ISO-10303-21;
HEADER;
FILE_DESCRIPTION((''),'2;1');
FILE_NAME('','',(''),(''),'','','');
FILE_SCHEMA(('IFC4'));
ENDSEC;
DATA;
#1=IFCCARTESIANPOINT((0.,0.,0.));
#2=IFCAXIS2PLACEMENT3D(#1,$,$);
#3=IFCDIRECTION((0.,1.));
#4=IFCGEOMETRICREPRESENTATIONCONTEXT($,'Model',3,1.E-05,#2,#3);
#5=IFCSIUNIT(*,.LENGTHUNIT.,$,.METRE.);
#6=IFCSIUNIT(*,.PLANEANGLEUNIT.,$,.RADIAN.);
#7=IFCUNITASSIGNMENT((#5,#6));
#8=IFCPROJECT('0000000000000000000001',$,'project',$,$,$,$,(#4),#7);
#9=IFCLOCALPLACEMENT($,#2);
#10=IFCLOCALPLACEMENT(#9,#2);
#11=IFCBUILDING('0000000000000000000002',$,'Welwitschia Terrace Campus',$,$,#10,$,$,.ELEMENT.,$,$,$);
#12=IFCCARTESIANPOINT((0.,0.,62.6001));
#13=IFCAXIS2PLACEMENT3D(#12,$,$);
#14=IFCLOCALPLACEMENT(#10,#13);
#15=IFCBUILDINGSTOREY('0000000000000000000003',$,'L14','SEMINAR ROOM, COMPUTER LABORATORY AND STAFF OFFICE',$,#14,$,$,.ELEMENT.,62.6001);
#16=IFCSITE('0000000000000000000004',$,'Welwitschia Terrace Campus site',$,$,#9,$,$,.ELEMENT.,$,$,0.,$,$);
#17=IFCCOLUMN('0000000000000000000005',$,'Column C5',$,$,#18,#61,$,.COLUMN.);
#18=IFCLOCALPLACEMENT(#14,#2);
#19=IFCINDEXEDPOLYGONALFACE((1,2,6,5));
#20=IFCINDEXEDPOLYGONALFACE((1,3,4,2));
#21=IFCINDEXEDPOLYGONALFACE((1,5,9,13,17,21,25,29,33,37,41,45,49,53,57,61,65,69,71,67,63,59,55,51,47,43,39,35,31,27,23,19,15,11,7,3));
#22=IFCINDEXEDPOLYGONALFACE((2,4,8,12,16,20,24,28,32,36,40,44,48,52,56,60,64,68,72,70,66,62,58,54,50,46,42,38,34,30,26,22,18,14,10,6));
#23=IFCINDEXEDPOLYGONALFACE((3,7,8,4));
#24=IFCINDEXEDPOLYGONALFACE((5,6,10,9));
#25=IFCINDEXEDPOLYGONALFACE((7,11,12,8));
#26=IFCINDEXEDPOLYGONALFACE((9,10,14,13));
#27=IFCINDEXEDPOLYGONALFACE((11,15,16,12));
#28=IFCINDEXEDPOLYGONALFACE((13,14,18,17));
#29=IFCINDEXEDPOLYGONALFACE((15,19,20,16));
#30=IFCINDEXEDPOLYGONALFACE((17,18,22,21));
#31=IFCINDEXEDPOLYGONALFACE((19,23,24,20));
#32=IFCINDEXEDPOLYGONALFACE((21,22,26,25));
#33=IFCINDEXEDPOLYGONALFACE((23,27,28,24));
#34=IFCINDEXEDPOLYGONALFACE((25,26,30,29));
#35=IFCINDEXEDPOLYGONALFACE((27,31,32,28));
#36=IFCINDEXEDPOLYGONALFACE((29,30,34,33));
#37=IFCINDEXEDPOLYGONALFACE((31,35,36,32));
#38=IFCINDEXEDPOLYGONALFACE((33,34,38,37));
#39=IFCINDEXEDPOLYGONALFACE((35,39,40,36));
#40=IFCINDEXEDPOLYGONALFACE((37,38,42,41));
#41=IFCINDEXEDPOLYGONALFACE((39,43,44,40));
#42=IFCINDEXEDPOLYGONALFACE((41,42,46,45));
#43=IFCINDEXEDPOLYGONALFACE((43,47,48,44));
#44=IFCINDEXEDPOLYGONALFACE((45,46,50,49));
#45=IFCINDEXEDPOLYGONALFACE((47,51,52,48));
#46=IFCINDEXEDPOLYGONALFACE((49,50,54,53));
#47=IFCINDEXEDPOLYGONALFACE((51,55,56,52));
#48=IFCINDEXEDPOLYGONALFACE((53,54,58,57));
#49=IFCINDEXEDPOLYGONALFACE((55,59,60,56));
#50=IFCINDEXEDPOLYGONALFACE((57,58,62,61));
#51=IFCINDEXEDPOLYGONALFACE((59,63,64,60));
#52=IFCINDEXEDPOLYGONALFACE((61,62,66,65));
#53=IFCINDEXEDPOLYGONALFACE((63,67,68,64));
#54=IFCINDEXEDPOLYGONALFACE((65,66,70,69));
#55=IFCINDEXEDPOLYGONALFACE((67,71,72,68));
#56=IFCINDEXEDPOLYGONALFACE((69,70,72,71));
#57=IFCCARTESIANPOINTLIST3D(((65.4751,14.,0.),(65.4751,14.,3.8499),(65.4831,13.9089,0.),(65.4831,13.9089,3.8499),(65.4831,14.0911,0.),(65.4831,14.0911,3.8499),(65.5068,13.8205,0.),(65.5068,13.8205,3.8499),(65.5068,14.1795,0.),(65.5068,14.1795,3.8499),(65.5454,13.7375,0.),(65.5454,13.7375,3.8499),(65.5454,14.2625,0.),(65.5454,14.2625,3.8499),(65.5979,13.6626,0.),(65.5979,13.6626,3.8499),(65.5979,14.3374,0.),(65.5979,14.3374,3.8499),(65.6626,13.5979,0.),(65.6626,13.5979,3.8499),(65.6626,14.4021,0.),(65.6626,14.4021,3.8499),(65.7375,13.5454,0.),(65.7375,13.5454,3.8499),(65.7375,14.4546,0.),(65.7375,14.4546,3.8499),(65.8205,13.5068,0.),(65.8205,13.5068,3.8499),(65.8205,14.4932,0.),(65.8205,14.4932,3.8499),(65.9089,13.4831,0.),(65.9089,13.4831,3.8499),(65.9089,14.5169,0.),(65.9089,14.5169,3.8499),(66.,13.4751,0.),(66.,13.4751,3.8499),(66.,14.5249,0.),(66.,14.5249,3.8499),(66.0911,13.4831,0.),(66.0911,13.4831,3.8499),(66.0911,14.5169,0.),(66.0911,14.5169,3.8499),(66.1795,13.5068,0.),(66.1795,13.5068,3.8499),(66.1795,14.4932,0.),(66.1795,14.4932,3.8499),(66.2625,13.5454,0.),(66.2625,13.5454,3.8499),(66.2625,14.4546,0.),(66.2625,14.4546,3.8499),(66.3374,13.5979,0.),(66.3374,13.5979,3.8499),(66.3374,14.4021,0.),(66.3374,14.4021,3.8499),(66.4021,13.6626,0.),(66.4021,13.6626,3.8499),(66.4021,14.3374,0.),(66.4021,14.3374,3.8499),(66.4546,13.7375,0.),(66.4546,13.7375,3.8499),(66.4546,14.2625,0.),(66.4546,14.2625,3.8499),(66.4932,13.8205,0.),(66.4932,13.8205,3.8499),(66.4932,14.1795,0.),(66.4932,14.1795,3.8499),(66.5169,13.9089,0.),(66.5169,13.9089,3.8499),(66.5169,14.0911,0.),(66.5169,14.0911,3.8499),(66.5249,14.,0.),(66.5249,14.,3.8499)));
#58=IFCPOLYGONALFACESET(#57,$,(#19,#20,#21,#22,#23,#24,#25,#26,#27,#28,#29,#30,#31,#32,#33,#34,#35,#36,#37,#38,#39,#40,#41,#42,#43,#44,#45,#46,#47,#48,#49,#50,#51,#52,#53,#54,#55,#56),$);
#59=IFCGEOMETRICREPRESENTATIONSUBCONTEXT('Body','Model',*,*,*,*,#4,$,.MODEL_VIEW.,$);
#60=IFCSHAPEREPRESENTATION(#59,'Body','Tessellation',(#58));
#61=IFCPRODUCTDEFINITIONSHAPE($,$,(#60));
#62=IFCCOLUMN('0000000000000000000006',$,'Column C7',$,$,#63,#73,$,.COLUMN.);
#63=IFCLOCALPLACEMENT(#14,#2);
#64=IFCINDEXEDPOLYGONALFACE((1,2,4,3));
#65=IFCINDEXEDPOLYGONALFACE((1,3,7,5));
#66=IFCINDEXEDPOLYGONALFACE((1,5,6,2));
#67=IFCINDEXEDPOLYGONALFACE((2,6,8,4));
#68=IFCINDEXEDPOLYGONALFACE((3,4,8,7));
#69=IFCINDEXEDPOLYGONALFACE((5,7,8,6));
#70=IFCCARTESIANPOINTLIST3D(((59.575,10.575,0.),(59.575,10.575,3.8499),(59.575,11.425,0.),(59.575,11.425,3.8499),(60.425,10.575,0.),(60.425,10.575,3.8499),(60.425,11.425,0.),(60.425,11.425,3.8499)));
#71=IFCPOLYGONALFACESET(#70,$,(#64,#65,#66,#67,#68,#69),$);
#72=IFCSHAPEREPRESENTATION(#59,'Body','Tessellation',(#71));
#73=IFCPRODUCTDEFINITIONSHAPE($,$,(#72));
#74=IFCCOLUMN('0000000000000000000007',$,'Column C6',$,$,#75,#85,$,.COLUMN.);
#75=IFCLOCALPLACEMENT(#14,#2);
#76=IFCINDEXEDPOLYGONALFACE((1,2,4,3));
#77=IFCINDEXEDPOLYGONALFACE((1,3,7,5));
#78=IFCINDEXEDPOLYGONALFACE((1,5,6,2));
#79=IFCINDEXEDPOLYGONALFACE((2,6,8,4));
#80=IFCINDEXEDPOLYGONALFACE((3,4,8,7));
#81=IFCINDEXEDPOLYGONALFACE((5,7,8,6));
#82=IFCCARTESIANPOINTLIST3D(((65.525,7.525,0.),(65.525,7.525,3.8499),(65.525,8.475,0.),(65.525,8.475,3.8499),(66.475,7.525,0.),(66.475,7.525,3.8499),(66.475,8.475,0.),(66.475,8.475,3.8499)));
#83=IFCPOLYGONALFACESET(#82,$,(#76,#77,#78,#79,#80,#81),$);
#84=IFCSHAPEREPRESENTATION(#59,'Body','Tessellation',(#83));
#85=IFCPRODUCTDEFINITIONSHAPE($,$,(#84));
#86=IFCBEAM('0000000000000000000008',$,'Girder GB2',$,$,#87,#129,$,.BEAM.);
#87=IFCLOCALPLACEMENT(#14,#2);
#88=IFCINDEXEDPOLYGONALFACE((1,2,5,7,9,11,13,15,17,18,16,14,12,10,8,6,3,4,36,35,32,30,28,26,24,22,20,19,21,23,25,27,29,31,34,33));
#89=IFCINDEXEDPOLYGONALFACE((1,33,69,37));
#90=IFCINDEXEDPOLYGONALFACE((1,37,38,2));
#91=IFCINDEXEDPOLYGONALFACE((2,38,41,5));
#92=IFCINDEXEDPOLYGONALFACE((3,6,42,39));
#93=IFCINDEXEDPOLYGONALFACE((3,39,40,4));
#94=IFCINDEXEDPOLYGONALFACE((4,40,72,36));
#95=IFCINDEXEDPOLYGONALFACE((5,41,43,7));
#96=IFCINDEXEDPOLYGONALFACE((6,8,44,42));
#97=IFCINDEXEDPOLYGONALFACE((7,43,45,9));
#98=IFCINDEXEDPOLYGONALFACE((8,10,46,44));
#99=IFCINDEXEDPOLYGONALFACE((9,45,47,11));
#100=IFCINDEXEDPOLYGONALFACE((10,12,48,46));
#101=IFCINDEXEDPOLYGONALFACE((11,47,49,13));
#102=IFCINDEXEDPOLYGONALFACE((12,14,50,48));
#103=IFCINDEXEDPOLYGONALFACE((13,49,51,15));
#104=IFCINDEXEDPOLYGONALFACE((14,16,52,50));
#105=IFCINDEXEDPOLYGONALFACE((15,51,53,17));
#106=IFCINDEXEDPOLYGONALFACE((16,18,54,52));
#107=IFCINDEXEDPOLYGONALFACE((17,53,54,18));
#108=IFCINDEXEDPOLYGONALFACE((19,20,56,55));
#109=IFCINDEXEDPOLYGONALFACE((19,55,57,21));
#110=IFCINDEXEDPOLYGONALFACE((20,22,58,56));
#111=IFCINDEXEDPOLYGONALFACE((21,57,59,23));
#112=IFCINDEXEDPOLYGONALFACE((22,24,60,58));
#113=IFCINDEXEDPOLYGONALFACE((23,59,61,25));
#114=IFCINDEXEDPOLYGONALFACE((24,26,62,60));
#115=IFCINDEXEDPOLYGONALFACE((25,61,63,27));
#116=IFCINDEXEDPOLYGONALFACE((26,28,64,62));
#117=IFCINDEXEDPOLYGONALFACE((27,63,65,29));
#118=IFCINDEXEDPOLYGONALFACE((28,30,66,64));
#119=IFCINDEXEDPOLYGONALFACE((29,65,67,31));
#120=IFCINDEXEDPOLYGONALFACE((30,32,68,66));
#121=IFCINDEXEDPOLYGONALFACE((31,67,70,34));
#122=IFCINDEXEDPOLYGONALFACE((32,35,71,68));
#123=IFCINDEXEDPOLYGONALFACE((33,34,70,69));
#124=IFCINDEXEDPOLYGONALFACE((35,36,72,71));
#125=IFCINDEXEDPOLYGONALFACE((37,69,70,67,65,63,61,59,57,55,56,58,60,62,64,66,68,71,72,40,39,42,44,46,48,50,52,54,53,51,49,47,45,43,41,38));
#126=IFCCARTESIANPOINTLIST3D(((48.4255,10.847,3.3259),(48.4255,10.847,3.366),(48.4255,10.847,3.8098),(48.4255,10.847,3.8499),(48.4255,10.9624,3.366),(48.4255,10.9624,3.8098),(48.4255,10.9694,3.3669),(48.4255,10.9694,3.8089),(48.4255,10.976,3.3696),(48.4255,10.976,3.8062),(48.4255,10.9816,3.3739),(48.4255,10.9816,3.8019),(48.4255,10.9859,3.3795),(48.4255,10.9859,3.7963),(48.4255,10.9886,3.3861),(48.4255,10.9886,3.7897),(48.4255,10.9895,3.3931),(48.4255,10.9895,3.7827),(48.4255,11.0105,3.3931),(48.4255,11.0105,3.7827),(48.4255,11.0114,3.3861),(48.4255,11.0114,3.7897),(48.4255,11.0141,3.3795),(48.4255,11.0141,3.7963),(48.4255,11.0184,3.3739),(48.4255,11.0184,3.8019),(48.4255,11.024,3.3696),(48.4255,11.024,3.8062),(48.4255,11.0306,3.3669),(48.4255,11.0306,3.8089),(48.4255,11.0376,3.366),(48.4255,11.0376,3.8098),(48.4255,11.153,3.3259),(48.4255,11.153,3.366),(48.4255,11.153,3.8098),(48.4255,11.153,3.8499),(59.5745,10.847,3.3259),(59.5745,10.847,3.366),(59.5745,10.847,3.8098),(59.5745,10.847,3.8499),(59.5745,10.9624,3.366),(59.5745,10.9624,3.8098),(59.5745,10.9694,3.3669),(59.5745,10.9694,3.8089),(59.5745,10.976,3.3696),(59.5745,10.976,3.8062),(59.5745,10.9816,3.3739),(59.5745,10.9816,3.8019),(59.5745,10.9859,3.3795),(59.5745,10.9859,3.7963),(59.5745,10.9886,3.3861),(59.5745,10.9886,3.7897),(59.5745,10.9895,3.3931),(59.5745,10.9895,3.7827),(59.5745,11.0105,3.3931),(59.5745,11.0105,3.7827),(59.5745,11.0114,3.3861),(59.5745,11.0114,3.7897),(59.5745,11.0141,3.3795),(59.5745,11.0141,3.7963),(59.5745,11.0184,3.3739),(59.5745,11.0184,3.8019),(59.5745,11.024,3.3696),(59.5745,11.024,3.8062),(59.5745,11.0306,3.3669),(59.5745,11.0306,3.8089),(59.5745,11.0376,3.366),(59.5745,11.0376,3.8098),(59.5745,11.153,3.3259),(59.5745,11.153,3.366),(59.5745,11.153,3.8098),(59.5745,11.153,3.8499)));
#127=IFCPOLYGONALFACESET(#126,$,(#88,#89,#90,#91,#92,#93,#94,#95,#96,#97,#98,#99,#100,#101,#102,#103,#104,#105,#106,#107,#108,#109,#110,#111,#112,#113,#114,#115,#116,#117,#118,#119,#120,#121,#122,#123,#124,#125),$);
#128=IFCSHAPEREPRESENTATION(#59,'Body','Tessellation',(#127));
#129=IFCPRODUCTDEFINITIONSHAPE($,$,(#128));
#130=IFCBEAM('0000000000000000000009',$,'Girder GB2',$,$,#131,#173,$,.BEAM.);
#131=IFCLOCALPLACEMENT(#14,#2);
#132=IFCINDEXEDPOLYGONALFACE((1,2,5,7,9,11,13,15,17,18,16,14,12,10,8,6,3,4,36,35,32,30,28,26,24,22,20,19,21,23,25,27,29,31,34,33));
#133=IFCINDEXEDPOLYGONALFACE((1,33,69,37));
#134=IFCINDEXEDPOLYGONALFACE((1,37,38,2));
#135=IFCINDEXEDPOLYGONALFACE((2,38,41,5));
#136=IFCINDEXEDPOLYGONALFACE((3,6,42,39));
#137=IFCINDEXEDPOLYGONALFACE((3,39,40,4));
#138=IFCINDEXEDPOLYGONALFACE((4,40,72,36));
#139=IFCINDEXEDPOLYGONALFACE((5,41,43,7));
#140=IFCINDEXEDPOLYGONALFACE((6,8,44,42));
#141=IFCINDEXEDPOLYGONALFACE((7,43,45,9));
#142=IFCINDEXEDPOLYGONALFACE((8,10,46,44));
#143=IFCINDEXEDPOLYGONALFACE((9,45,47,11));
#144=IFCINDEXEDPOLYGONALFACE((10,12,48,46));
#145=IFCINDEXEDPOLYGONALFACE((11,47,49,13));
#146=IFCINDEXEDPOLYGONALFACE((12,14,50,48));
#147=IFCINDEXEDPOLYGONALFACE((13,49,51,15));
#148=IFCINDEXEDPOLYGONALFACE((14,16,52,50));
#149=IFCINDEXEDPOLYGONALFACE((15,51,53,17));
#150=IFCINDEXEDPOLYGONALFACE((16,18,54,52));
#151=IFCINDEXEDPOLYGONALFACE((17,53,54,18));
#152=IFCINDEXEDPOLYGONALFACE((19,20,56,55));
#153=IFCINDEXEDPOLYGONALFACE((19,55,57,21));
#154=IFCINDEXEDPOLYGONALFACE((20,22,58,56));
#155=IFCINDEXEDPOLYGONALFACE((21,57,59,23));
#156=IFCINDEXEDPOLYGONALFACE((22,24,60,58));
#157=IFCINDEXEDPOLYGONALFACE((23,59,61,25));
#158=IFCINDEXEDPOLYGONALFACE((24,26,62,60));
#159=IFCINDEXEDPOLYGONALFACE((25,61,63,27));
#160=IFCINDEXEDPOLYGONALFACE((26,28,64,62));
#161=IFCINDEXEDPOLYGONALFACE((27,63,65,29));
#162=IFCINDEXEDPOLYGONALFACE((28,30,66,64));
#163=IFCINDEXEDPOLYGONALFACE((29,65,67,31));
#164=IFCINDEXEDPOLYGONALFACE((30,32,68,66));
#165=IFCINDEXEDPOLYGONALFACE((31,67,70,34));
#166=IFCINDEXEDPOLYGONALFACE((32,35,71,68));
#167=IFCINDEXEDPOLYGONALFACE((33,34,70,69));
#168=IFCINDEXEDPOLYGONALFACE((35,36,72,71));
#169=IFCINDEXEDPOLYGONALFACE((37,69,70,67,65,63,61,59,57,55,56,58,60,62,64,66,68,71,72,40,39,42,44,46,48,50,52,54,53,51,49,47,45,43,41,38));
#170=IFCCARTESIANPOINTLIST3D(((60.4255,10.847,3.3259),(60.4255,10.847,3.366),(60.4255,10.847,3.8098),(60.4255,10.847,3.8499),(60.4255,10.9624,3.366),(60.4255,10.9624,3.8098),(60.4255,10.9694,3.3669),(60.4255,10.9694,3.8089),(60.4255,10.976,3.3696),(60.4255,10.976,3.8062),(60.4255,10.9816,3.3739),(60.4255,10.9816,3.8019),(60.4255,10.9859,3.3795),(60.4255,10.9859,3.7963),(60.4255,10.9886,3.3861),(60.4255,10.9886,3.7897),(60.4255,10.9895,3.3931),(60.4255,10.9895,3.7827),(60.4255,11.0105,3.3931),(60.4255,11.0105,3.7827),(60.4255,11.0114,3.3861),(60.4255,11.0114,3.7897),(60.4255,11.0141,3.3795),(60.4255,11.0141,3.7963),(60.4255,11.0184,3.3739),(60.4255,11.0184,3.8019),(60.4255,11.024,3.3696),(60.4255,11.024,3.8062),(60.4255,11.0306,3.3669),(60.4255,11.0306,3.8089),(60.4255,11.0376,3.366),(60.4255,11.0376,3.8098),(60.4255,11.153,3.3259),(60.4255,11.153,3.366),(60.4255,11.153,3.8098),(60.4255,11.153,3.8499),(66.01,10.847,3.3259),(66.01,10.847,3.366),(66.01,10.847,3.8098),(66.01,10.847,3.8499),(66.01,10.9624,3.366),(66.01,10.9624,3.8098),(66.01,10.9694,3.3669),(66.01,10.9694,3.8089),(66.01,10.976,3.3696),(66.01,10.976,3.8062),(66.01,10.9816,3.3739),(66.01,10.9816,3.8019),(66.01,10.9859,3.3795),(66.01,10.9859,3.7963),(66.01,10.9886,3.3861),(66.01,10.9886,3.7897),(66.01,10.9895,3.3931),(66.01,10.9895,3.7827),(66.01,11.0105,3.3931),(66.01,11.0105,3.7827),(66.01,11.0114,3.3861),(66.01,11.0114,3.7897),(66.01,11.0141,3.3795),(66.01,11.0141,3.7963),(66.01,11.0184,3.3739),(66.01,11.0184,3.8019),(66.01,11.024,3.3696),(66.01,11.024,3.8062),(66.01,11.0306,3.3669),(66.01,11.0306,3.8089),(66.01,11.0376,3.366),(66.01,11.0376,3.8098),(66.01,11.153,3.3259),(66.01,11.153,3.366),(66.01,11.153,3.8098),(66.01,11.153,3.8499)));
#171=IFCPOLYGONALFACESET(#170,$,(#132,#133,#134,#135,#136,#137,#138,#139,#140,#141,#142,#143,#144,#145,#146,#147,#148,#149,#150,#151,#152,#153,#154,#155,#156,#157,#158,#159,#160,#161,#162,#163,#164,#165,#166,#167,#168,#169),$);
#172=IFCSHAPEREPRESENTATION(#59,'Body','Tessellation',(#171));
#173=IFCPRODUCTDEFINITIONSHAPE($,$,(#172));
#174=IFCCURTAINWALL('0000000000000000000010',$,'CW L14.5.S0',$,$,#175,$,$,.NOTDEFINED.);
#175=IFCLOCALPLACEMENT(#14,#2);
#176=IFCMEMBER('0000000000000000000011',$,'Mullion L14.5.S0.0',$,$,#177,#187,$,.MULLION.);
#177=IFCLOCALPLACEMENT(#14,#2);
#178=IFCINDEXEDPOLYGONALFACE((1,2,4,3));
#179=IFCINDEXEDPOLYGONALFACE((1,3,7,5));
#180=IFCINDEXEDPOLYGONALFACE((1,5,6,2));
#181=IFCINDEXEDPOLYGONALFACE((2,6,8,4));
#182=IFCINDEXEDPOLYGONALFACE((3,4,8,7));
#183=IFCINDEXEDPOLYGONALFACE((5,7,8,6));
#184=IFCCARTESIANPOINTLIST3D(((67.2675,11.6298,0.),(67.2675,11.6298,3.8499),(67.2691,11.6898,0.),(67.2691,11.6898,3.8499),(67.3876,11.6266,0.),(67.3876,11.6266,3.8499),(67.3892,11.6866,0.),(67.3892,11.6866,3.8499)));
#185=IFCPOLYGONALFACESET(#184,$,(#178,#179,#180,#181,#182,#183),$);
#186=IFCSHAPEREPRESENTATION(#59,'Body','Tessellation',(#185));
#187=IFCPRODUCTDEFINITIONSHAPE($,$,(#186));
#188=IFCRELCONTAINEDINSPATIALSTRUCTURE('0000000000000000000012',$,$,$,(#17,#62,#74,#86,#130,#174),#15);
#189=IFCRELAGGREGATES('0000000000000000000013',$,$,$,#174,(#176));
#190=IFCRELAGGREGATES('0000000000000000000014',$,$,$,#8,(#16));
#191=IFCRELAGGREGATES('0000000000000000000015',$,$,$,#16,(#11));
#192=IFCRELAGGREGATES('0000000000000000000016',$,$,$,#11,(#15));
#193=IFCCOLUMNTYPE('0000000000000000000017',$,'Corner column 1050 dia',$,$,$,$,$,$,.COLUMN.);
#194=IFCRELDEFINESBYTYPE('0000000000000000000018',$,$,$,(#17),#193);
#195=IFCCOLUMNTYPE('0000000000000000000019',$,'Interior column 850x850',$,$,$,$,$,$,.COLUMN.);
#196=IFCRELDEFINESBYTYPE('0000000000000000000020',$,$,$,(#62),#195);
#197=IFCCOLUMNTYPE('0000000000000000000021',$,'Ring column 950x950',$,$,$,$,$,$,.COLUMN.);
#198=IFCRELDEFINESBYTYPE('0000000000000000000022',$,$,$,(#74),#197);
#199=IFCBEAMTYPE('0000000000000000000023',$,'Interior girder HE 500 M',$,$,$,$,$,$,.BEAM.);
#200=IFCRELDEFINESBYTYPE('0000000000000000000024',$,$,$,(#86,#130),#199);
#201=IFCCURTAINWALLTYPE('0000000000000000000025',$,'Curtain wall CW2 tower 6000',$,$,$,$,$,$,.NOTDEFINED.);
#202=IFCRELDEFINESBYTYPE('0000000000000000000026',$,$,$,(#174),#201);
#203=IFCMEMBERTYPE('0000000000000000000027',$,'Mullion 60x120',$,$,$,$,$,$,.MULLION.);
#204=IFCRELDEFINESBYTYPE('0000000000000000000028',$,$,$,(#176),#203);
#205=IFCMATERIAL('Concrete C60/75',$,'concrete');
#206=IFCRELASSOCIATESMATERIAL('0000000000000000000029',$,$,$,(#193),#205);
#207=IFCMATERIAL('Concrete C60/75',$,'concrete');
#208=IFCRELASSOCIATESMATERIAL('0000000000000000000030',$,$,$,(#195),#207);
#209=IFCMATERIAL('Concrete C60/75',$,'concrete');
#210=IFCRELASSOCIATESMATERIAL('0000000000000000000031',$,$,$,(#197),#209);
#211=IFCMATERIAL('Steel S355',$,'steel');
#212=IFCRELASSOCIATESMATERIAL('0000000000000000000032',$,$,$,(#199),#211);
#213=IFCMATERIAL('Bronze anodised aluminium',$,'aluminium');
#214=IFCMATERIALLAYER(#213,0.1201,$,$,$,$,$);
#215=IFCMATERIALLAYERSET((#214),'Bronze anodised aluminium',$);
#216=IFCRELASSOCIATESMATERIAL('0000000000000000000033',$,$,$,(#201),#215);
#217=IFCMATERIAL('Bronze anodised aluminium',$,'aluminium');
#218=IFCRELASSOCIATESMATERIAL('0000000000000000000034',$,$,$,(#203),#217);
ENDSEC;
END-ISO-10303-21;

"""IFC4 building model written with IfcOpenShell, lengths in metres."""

from ifc_helpers import new_model, si_unit, direction, frame, origin, origin_2d, place, context, subcontext, project, spatial, rectangle, circle, i_section, extrude, material, layer, layer_set, material_profile, profile_set, type_object, element, aggregate, save


model = new_model("IFC4")

# Units and contexts
model_context = context("Model", 3, precision=1e-05, world=origin(), true_north=direction((0.0, 1.0)))
body_context = subcontext(model_context, "Body", "Model", "MODEL_VIEW")
ifc_project = project(units=[si_unit("LENGTHUNIT", "METRE"), si_unit("PLANEANGLEUNIT", "RADIAN")], contexts=[model_context])

# Site, building, storey
site_placement = place(None, origin())
site = spatial("IfcSite", under=ifc_project, at=site_placement, Name="Welwitschia Terrace Campus site", CompositionType="ELEMENT", RefElevation=0.0)
building_placement = place(site_placement, origin())
building = spatial("IfcBuilding", under=site, at=building_placement, Name="Welwitschia Terrace Campus", CompositionType="ELEMENT")
storey_placement = place(building_placement, frame((0.0, 0.0, 62.6001)))
storey = spatial("IfcBuildingStorey", under=building, at=storey_placement, Name="L14", Description="SEMINAR ROOM, COMPUTER LABORATORY AND STAFF OFFICE", CompositionType="ELEMENT", Elevation=62.6001)

# Columns
ifc_material_1 = material(Name="Concrete C60/75", Category="concrete")
ifc_material_profile_1 = material_profile(ifc_material_1, circle(Radius=0.5249, at=origin_2d()))
ifc_profile_set_1 = profile_set([ifc_material_profile_1], Name="Concrete C60/75")
column_type_1 = type_object("IfcColumnType", Name="Corner column 1050 dia", PredefinedType="COLUMN", material=ifc_profile_set_1)
column_1_placement = place(storey_placement, frame((66.0, 14.0, 0.0), z_axis=(0.0, 0.0, 1.0), x_axis=(1.0, 0.0, 0.0)))
element("IfcColumn", 1, at=column_1_placement, inside=storey, type_object=column_type_1, Name="Column C5", PredefinedType="COLUMN", context=body_context, shape_type="SweptSolid", body=[
    extrude(circle(Radius=0.5249, at=origin_2d()), origin(), (0.0, 0.0, 1.0), 3.8499),
])
ifc_material_2 = material(Name="Concrete C60/75", Category="concrete")
ifc_material_profile_2 = material_profile(ifc_material_2, rectangle(XDim=0.8501, YDim=0.8501, at=origin_2d()))
ifc_profile_set_2 = profile_set([ifc_material_profile_2], Name="Concrete C60/75")
column_type_2 = type_object("IfcColumnType", Name="Interior column 850x850", PredefinedType="COLUMN", material=ifc_profile_set_2)
column_2_placement = place(storey_placement, frame((60.0, 11.0, 0.0), z_axis=(0.0, 0.0, 1.0), x_axis=(1.0, 0.0, 0.0)))
element("IfcColumn", 2, at=column_2_placement, inside=storey, type_object=column_type_2, Name="Column C7", PredefinedType="COLUMN", context=body_context, shape_type="SweptSolid", body=[
    extrude(rectangle(XDim=0.8501, YDim=0.8501, at=origin_2d()), origin(), (0.0, 0.0, 1.0), 3.8499),
])
ifc_material_3 = material(Name="Concrete C60/75", Category="concrete")
ifc_material_profile_3 = material_profile(ifc_material_3, rectangle(XDim=0.95, YDim=0.95, at=origin_2d()))
ifc_profile_set_3 = profile_set([ifc_material_profile_3], Name="Concrete C60/75")
column_type_3 = type_object("IfcColumnType", Name="Ring column 950x950", PredefinedType="COLUMN", material=ifc_profile_set_3)
column_3_placement = place(storey_placement, frame((66.0, 8.0, 0.0), z_axis=(0.0, 0.0, 1.0), x_axis=(1.0, 0.0, 0.0)))
element("IfcColumn", 3, at=column_3_placement, inside=storey, type_object=column_type_3, Name="Column C6", PredefinedType="COLUMN", context=body_context, shape_type="SweptSolid", body=[
    extrude(rectangle(XDim=0.95, YDim=0.95, at=origin_2d()), origin(), (0.0, 0.0, 1.0), 3.8499),
])

# Beams
ifc_material_4 = material(Name="Steel S355", Category="steel")
ifc_material_profile_4 = material_profile(ifc_material_4, i_section(OverallWidth=0.3059, OverallDepth=0.5239, WebThickness=0.021, FlangeThickness=0.04, FilletRadius=0.0271, at=origin_2d()))
ifc_profile_set_4 = profile_set([ifc_material_profile_4], Name="Steel S355")
beam_type_1 = type_object("IfcBeamType", Name="Interior girder HE 500 M", PredefinedType="BEAM", material=ifc_profile_set_4)
beam_1_placement = place(storey_placement, frame((48.4255, 11.0, 3.5879), z_axis=(1.0, 0.0, 0.0), x_axis=(0.0, 1.0, 0.0)))
element("IfcBeam", 4, at=beam_1_placement, inside=storey, type_object=beam_type_1, Name="Girder GB2", PredefinedType="BEAM", context=body_context, shape_type="SweptSolid", body=[
    extrude(i_section(OverallWidth=0.3059, OverallDepth=0.5239, WebThickness=0.021, FlangeThickness=0.04, FilletRadius=0.0271, at=origin_2d()), origin(), (0.0, 0.0, 1.0), 11.1489),
])
beam_2_placement = place(storey_placement, frame((60.4255, 11.0, 3.5879), z_axis=(1.0, 0.0, 0.0), x_axis=(0.0, 1.0, 0.0)))
element("IfcBeam", 5, at=beam_2_placement, inside=storey, type_object=beam_type_1, Name="Girder GB2", PredefinedType="BEAM", context=body_context, shape_type="SweptSolid", body=[
    extrude(i_section(OverallWidth=0.3059, OverallDepth=0.5239, WebThickness=0.021, FlangeThickness=0.04, FilletRadius=0.0271, at=origin_2d()), origin(), (0.0, 0.0, 1.0), 5.5845),
])

# Curtain wall, member
ifc_material_5 = material(Name="Bronze anodised aluminium", Category="aluminium")
ifc_layer_1 = layer(ifc_material_5, 0.1201)
ifc_layer_set_1 = layer_set([ifc_layer_1], Name="Bronze anodised aluminium")
curtain_wall_type = type_object("IfcCurtainWallType", Name="Curtain wall CW2 tower 6000", PredefinedType="NOTDEFINED", material=ifc_layer_set_1)
curtain_wall_1_placement = place(storey_placement, origin())
curtain_wall_1 = element("IfcCurtainWall", 6, at=curtain_wall_1_placement, inside=storey, type_object=curtain_wall_type, Name="CW L14.5.S0", PredefinedType="NOTDEFINED")
ifc_material_6 = material(Name="Bronze anodised aluminium", Category="aluminium")
ifc_material_profile_5 = material_profile(ifc_material_6, rectangle(XDim=0.1201, YDim=0.0601, at=origin_2d()))
ifc_profile_set_5 = profile_set([ifc_material_profile_5], Name="Bronze anodised aluminium")
member_type_1 = type_object("IfcMemberType", Name="Mullion 60x120", PredefinedType="MULLION", material=ifc_profile_set_5)
member_1_placement = place(storey_placement, frame((67.3284, 11.6582, 0.0), z_axis=(0.0, 0.0, 1.0), x_axis=(-0.999641, 0.026776, 0.0)))
member_1 = element("IfcMember", 7, at=member_1_placement, type_object=member_type_1, Name="Mullion L14.5.S0.0", PredefinedType="MULLION", context=body_context, shape_type="SweptSolid", body=[
    extrude(rectangle(XDim=0.1201, YDim=0.0601, at=origin_2d()), origin(), (0.0, 0.0, 1.0), 3.8499),
])

aggregate(curtain_wall_1, [member_1])

save(model, "model.ifc")
